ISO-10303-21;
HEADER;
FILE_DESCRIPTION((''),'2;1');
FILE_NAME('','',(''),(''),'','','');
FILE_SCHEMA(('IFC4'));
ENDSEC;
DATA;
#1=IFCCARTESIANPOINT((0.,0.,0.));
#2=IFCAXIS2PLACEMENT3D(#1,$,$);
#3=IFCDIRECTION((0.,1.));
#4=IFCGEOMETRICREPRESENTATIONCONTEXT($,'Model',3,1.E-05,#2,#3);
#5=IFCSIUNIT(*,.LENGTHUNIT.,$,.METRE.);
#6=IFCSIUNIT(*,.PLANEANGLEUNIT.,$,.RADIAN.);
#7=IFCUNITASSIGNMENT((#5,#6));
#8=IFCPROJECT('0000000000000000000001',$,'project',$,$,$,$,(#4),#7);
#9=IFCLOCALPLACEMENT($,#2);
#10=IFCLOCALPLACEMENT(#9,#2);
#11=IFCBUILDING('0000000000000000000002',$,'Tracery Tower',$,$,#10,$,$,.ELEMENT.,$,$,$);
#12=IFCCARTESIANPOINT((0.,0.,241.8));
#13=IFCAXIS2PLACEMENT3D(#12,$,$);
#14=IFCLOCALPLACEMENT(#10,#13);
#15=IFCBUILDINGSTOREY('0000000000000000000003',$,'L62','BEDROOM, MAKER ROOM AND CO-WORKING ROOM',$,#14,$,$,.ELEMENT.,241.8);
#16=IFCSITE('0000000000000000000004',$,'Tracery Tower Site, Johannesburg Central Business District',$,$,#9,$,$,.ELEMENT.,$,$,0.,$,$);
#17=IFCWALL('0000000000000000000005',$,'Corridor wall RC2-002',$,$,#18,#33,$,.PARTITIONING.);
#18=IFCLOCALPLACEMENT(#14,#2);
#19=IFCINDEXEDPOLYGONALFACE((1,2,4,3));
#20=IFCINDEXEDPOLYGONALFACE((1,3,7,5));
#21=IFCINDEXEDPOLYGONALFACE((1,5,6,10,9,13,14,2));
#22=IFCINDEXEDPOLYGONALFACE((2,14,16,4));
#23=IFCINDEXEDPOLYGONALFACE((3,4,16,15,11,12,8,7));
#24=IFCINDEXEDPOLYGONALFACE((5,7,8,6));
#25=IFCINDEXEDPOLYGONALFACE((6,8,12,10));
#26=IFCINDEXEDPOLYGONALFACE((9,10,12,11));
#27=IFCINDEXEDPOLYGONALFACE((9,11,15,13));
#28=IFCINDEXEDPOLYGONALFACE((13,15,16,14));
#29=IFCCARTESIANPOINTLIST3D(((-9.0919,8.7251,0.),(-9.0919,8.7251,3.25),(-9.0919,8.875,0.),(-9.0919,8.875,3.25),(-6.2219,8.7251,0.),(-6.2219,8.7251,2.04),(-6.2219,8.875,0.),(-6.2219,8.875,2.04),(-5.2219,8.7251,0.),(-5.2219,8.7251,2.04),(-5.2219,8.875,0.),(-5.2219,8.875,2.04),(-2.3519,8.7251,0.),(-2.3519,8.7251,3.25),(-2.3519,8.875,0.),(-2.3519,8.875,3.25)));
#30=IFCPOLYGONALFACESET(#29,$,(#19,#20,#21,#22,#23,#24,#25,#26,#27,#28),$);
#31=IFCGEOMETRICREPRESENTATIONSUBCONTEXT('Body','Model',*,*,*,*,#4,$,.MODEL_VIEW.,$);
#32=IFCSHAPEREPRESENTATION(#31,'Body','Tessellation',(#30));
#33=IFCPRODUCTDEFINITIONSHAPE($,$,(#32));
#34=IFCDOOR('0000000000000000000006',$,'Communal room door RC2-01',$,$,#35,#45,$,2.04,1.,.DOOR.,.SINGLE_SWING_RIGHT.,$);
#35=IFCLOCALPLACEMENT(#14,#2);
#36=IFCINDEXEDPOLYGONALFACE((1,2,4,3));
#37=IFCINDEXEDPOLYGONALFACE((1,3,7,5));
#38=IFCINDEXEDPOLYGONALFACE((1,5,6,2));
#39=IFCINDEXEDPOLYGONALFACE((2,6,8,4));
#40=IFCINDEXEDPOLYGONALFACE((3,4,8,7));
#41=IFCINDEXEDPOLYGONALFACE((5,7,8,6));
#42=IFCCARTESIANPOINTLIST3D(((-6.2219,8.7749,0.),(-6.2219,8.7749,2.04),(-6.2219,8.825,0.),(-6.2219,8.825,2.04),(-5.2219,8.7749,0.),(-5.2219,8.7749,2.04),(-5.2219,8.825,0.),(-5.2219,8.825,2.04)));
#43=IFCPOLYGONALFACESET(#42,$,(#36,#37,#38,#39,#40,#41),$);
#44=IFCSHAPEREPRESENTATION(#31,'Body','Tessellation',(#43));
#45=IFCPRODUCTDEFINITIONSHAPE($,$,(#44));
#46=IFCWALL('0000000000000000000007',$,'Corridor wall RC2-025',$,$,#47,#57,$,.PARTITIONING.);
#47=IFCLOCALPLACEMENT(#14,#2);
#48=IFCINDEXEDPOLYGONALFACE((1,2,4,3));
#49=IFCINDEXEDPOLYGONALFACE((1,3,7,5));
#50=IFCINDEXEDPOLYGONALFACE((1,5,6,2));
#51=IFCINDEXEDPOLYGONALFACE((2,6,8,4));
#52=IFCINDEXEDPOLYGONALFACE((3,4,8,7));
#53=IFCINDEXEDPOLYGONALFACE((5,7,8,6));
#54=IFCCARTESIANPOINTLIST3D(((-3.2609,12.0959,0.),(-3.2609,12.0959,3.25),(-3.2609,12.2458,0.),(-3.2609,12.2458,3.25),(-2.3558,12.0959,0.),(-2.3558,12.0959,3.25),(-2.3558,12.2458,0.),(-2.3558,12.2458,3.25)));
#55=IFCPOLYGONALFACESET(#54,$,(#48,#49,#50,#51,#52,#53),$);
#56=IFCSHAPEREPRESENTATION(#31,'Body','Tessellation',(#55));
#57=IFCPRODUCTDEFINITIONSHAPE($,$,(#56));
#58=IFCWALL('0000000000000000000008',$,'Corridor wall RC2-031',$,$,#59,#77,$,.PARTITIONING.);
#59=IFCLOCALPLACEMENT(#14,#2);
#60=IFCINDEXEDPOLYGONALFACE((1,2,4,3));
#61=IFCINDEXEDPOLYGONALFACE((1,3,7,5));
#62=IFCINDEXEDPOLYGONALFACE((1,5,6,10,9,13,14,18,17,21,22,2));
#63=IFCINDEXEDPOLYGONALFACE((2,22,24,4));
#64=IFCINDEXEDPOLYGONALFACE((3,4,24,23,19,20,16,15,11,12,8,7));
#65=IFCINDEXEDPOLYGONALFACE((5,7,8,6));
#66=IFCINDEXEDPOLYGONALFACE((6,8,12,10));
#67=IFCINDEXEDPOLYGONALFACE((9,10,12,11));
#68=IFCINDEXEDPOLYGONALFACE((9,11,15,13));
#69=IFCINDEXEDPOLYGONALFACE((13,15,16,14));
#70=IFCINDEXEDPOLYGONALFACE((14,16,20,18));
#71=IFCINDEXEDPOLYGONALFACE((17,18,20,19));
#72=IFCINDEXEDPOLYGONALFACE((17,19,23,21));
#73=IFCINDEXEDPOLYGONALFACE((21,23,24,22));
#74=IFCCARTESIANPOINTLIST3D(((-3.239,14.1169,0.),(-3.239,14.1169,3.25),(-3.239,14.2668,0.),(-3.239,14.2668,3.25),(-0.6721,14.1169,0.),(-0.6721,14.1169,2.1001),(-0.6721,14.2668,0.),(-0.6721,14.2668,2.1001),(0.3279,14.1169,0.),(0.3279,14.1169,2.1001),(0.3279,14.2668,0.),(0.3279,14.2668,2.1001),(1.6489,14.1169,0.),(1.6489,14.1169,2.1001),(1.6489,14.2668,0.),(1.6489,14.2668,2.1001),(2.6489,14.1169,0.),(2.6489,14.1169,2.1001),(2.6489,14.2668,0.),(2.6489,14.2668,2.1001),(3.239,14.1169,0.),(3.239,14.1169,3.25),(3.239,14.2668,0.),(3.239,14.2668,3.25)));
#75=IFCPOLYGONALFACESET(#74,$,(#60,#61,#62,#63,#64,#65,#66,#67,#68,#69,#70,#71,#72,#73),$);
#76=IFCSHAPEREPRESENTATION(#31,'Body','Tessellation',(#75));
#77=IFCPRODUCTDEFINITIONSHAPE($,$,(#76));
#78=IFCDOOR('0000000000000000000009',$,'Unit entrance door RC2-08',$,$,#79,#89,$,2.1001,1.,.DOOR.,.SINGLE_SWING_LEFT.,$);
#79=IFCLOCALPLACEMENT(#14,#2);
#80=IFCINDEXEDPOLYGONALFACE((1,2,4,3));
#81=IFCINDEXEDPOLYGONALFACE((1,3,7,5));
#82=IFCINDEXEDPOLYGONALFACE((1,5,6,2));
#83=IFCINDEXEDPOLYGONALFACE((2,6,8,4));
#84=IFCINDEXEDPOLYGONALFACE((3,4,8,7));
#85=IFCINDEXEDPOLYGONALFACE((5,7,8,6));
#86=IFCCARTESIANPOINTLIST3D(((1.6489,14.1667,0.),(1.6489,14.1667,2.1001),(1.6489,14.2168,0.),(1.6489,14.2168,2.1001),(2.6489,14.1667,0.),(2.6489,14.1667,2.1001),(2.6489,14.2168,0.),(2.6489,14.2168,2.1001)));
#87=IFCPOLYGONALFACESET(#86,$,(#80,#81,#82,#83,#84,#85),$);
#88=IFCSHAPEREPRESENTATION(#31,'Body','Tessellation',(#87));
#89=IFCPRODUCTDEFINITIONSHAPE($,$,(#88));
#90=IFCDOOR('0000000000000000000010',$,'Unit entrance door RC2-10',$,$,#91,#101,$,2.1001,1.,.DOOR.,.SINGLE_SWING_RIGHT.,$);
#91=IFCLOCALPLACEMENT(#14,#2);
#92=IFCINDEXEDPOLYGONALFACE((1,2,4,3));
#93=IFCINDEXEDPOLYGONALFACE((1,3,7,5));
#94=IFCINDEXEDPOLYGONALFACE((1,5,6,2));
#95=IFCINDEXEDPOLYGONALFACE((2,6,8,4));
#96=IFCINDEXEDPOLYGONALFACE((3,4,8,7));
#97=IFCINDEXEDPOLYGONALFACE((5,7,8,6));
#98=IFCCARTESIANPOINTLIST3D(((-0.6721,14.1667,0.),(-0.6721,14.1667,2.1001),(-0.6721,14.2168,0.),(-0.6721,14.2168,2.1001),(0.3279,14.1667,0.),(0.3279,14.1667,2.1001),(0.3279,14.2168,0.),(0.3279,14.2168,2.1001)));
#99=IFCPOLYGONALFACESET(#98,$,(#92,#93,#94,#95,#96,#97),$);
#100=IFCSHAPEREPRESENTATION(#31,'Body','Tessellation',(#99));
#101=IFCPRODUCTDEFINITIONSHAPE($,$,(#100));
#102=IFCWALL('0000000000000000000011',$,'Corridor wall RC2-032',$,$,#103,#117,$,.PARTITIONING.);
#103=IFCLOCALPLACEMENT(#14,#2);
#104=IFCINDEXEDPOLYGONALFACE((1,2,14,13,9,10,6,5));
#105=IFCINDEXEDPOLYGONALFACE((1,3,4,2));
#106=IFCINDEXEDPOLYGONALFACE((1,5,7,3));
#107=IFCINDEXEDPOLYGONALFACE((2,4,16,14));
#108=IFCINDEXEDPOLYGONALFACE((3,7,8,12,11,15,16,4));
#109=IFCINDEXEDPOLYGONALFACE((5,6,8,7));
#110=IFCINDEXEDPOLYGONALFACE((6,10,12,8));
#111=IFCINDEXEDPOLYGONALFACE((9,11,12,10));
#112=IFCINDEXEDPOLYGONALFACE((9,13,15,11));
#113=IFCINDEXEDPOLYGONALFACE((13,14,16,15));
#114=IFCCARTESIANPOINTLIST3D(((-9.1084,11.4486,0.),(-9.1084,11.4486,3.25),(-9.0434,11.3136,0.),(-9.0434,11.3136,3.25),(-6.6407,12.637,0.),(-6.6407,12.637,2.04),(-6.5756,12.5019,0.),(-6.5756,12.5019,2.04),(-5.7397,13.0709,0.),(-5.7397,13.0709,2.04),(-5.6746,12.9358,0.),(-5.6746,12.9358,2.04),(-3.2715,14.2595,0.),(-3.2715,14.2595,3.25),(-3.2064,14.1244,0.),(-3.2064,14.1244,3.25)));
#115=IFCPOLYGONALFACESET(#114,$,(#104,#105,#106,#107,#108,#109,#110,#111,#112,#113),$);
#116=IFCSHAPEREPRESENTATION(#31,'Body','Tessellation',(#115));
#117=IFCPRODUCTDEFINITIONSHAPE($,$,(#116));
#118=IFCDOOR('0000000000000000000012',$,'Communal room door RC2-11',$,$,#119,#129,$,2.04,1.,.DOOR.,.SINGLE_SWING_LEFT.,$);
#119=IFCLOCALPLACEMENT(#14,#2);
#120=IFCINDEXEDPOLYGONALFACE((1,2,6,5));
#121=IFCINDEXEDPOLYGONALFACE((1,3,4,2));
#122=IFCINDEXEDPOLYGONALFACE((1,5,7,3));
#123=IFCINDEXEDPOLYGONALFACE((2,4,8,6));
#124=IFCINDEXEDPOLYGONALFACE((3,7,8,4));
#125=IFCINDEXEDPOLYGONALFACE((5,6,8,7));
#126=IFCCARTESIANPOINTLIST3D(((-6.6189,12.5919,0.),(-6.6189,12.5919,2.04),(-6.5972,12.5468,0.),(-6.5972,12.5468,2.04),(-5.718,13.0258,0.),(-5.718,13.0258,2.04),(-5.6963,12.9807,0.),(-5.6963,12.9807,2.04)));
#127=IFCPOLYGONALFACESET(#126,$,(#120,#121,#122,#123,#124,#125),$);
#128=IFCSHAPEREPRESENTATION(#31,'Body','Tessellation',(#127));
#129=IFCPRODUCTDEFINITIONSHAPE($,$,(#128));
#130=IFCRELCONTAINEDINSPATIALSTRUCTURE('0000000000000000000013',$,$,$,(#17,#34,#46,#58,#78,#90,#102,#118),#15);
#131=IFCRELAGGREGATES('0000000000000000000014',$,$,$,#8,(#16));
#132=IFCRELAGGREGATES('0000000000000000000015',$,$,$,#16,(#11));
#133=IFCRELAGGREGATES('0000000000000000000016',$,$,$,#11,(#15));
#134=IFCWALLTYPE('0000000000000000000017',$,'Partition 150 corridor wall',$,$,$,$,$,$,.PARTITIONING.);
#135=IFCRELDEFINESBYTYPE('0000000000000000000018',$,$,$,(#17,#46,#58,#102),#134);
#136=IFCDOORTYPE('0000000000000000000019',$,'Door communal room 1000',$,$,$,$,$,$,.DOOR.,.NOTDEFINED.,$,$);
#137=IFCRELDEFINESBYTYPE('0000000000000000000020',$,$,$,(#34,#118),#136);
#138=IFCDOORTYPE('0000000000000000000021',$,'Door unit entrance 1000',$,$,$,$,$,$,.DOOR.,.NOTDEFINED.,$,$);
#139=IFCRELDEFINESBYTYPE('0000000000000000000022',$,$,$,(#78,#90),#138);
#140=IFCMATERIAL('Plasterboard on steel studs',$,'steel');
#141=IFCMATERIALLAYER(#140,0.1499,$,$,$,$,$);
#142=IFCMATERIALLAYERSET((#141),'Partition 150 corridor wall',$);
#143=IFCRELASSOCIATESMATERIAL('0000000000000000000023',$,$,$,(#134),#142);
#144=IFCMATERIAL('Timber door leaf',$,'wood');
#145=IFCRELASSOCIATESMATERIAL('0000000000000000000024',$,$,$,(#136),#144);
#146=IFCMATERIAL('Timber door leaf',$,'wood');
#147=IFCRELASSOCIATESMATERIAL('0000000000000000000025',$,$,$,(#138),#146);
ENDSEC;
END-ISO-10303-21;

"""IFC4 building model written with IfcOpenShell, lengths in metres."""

from ifc_helpers import new_model, si_unit, direction, frame, frame_2d, origin, place, context, subcontext, project, spatial, rectangle, extrude, material, layer, layer_set, type_object, element, fill, save


model = new_model("IFC4")

# Units and contexts
model_context = context("Model", 3, precision=1e-05, world=origin(), true_north=direction((0.0, 1.0)))
body_context = subcontext(model_context, "Body", "Model", "MODEL_VIEW")
ifc_project = project(units=[si_unit("LENGTHUNIT", "METRE"), si_unit("PLANEANGLEUNIT", "RADIAN")], contexts=[model_context])

# Site, building, storey
site_placement = place(None, origin())
site = spatial("IfcSite", under=ifc_project, at=site_placement, Name="Tracery Tower Site, Johannesburg Central Business District", CompositionType="ELEMENT", RefElevation=0.0)
building_placement = place(site_placement, origin())
building = spatial("IfcBuilding", under=site, at=building_placement, Name="Tracery Tower", CompositionType="ELEMENT")
storey_placement = place(building_placement, frame((0.0, 0.0, 241.8)))
storey = spatial("IfcBuildingStorey", under=building, at=storey_placement, Name="L62", Description="BEDROOM, MAKER ROOM AND CO-WORKING ROOM", CompositionType="ELEMENT", Elevation=241.8)

# Shared definitions
ifc_material_1 = material(Name="Plasterboard on steel studs", Category="steel")
ifc_layer_1 = layer(ifc_material_1, 0.1499)
ifc_layer_set_1 = layer_set([ifc_layer_1], Name="Partition 150 corridor wall")
wall_type_1 = type_object("IfcWallType", Name="Partition 150 corridor wall", PredefinedType="PARTITIONING", material=ifc_layer_set_1)

# Wall, opening, door
wall_1_placement = place(storey_placement, frame((-9.092, 8.8, 0.0), z_axis=(0.0, 0.0, 1.0), x_axis=(1.0, 0.0, 0.0)))
wall_1 = element("IfcWall", 1, at=wall_1_placement, inside=storey, type_object=wall_type_1, Name="Corridor wall RC2-002", PredefinedType="PARTITIONING", context=body_context, shape_type="SweptSolid", body=[
    extrude(rectangle(XDim=6.74, YDim=0.1499, at=frame_2d((3.3701, 0.0))), origin(), (0.0, 0.0, 1.0), 3.25),
])
opening_1_placement = place(wall_1_placement, frame((2.8701, 0.0, 0.0)))
opening_1 = element("IfcOpeningElement", 2, at=opening_1_placement, cuts=wall_1, PredefinedType="OPENING", context=body_context, shape_type="SweptSolid", body=[
    extrude(rectangle(XDim=1.0, YDim=2.04, at=frame_2d((0.5, 1.02))), frame((0.0, 0.075, 0.0), z_axis=(0.0, -1.0, 0.0), x_axis=(1.0, 0.0, 0.0)), (0.0, 0.0, 1.0), 0.1499),
])
ifc_material_2 = material(Name="Timber door leaf", Category="wood")
door_type_1 = type_object("IfcDoorType", Name="Door communal room 1000", OperationType="NOTDEFINED", PredefinedType="DOOR", material=ifc_material_2)
door_1_placement = place(opening_1_placement, origin())
door_1 = element("IfcDoor", 3, at=door_1_placement, inside=storey, type_object=door_type_1, Name="Communal room door RC2-01", OperationType="SINGLE_SWING_RIGHT", OverallHeight=2.04, OverallWidth=1.0, PredefinedType="DOOR", context=body_context, shape_type="SweptSolid", body=[
    extrude(rectangle(XDim=1.0, YDim=2.04, at=frame_2d((0.5, 1.02))), frame((0.0, 0.0249, 0.0), z_axis=(0.0, -1.0, 0.0), x_axis=(1.0, 0.0, 0.0)), (0.0, 0.0, 1.0), 0.05),
])
fill(opening_1, door_1)

# Wall
wall_2_placement = place(storey_placement, frame((-3.261, 12.1709, 0.0), z_axis=(0.0, 0.0, 1.0), x_axis=(1.0, 0.0, 0.0)))
element("IfcWall", 4, at=wall_2_placement, inside=storey, type_object=wall_type_1, Name="Corridor wall RC2-025", PredefinedType="PARTITIONING", context=body_context, shape_type="SweptSolid", body=[
    extrude(rectangle(XDim=0.905, YDim=0.1499, at=frame_2d((0.4526, 0.0))), origin(), (0.0, 0.0, 1.0), 3.25),
])

# Wall, openings, doors
wall_3_placement = place(storey_placement, frame((-3.239, 14.1919, 0.0), z_axis=(0.0, 0.0, 1.0), x_axis=(1.0, 0.0, 0.0)))
wall_3 = element("IfcWall", 5, at=wall_3_placement, inside=storey, type_object=wall_type_1, Name="Corridor wall RC2-031", PredefinedType="PARTITIONING", context=body_context, shape_type="SweptSolid", body=[
    extrude(rectangle(XDim=6.478, YDim=0.1499, at=frame_2d((3.239, 0.0))), origin(), (0.0, 0.0, 1.0), 3.25),
])
opening_2_placement = place(wall_3_placement, frame((4.8879, 0.0, 0.0)))
opening_2 = element("IfcOpeningElement", 6, at=opening_2_placement, cuts=wall_3, PredefinedType="OPENING", context=body_context, shape_type="SweptSolid", body=[
    extrude(rectangle(XDim=1.0, YDim=2.1001, at=frame_2d((0.5, 1.05))), frame((0.0, 0.075, 0.0), z_axis=(0.0, -1.0, 0.0), x_axis=(1.0, 0.0, 0.0)), (0.0, 0.0, 1.0), 0.1499),
])
opening_3_placement = place(wall_3_placement, frame((2.5669, 0.0, 0.0)))
opening_3 = element("IfcOpeningElement", 7, at=opening_3_placement, cuts=wall_3, PredefinedType="OPENING", context=body_context, shape_type="SweptSolid", body=[
    extrude(rectangle(XDim=1.0, YDim=2.1001, at=frame_2d((0.5, 1.05))), frame((0.0, 0.075, 0.0), z_axis=(0.0, -1.0, 0.0), x_axis=(1.0, 0.0, 0.0)), (0.0, 0.0, 1.0), 0.1499),
])
ifc_material_3 = material(Name="Timber door leaf", Category="wood")
door_type_2 = type_object("IfcDoorType", Name="Door unit entrance 1000", OperationType="NOTDEFINED", PredefinedType="DOOR", material=ifc_material_3)
door_2_placement = place(opening_2_placement, origin())
door_2 = element("IfcDoor", 8, at=door_2_placement, inside=storey, type_object=door_type_2, Name="Unit entrance door RC2-08", OperationType="SINGLE_SWING_LEFT", OverallHeight=2.1001, OverallWidth=1.0, PredefinedType="DOOR", context=body_context, shape_type="SweptSolid", body=[
    extrude(rectangle(XDim=1.0, YDim=2.1001, at=frame_2d((0.5, 1.05))), frame((0.0, 0.0249, 0.0), z_axis=(0.0, -1.0, 0.0), x_axis=(1.0, 0.0, 0.0)), (0.0, 0.0, 1.0), 0.05),
])
fill(opening_2, door_2)
door_3_placement = place(opening_3_placement, origin())
door_3 = element("IfcDoor", 9, at=door_3_placement, inside=storey, type_object=door_type_2, Name="Unit entrance door RC2-10", OperationType="SINGLE_SWING_RIGHT", OverallHeight=2.1001, OverallWidth=1.0, PredefinedType="DOOR", context=body_context, shape_type="SweptSolid", body=[
    extrude(rectangle(XDim=1.0, YDim=2.1001, at=frame_2d((0.5, 1.05))), frame((0.0, 0.0249, 0.0), z_axis=(0.0, -1.0, 0.0), x_axis=(1.0, 0.0, 0.0)), (0.0, 0.0, 1.0), 0.05),
])
fill(opening_3, door_3)

# Wall, opening, door
wall_4_placement = place(storey_placement, frame((-9.0759, 11.3811, 0.0), z_axis=(0.0, 0.0, 1.0), x_axis=(0.900976, 0.433869, 0.0)))
wall_4 = element("IfcWall", 10, at=wall_4_placement, inside=storey, type_object=wall_type_1, Name="Corridor wall RC2-032", PredefinedType="PARTITIONING", context=body_context, shape_type="SweptSolid", body=[
    extrude(rectangle(XDim=6.4785, YDim=0.1499, at=frame_2d((3.2393, 0.0))), origin(), (0.0, 0.0, 1.0), 3.25),
])
opening_4_placement = place(wall_4_placement, frame((2.739, 0.0, 0.0)))
opening_4 = element("IfcOpeningElement", 11, at=opening_4_placement, cuts=wall_4, PredefinedType="OPENING", context=body_context, shape_type="SweptSolid", body=[
    extrude(rectangle(XDim=1.0, YDim=2.04, at=frame_2d((0.5, 1.02))), frame((0.0, 0.075, 0.0), z_axis=(0.0, -1.0, 0.0), x_axis=(1.0, 0.0, 0.0)), (0.0, 0.0, 1.0), 0.1499),
])
door_4_placement = place(opening_4_placement, origin())
door_4 = element("IfcDoor", 12, at=door_4_placement, inside=storey, type_object=door_type_1, Name="Communal room door RC2-11", OperationType="SINGLE_SWING_LEFT", OverallHeight=2.04, OverallWidth=1.0, PredefinedType="DOOR", context=body_context, shape_type="SweptSolid", body=[
    extrude(rectangle(XDim=1.0, YDim=2.04, at=frame_2d((0.5, 1.02))), frame((0.0, 0.0249, 0.0), z_axis=(0.0, -1.0, 0.0), x_axis=(1.0, 0.0, 0.0)), (0.0, 0.0, 1.0), 0.05),
])
fill(opening_4, door_4)

save(model, "model.ifc")
